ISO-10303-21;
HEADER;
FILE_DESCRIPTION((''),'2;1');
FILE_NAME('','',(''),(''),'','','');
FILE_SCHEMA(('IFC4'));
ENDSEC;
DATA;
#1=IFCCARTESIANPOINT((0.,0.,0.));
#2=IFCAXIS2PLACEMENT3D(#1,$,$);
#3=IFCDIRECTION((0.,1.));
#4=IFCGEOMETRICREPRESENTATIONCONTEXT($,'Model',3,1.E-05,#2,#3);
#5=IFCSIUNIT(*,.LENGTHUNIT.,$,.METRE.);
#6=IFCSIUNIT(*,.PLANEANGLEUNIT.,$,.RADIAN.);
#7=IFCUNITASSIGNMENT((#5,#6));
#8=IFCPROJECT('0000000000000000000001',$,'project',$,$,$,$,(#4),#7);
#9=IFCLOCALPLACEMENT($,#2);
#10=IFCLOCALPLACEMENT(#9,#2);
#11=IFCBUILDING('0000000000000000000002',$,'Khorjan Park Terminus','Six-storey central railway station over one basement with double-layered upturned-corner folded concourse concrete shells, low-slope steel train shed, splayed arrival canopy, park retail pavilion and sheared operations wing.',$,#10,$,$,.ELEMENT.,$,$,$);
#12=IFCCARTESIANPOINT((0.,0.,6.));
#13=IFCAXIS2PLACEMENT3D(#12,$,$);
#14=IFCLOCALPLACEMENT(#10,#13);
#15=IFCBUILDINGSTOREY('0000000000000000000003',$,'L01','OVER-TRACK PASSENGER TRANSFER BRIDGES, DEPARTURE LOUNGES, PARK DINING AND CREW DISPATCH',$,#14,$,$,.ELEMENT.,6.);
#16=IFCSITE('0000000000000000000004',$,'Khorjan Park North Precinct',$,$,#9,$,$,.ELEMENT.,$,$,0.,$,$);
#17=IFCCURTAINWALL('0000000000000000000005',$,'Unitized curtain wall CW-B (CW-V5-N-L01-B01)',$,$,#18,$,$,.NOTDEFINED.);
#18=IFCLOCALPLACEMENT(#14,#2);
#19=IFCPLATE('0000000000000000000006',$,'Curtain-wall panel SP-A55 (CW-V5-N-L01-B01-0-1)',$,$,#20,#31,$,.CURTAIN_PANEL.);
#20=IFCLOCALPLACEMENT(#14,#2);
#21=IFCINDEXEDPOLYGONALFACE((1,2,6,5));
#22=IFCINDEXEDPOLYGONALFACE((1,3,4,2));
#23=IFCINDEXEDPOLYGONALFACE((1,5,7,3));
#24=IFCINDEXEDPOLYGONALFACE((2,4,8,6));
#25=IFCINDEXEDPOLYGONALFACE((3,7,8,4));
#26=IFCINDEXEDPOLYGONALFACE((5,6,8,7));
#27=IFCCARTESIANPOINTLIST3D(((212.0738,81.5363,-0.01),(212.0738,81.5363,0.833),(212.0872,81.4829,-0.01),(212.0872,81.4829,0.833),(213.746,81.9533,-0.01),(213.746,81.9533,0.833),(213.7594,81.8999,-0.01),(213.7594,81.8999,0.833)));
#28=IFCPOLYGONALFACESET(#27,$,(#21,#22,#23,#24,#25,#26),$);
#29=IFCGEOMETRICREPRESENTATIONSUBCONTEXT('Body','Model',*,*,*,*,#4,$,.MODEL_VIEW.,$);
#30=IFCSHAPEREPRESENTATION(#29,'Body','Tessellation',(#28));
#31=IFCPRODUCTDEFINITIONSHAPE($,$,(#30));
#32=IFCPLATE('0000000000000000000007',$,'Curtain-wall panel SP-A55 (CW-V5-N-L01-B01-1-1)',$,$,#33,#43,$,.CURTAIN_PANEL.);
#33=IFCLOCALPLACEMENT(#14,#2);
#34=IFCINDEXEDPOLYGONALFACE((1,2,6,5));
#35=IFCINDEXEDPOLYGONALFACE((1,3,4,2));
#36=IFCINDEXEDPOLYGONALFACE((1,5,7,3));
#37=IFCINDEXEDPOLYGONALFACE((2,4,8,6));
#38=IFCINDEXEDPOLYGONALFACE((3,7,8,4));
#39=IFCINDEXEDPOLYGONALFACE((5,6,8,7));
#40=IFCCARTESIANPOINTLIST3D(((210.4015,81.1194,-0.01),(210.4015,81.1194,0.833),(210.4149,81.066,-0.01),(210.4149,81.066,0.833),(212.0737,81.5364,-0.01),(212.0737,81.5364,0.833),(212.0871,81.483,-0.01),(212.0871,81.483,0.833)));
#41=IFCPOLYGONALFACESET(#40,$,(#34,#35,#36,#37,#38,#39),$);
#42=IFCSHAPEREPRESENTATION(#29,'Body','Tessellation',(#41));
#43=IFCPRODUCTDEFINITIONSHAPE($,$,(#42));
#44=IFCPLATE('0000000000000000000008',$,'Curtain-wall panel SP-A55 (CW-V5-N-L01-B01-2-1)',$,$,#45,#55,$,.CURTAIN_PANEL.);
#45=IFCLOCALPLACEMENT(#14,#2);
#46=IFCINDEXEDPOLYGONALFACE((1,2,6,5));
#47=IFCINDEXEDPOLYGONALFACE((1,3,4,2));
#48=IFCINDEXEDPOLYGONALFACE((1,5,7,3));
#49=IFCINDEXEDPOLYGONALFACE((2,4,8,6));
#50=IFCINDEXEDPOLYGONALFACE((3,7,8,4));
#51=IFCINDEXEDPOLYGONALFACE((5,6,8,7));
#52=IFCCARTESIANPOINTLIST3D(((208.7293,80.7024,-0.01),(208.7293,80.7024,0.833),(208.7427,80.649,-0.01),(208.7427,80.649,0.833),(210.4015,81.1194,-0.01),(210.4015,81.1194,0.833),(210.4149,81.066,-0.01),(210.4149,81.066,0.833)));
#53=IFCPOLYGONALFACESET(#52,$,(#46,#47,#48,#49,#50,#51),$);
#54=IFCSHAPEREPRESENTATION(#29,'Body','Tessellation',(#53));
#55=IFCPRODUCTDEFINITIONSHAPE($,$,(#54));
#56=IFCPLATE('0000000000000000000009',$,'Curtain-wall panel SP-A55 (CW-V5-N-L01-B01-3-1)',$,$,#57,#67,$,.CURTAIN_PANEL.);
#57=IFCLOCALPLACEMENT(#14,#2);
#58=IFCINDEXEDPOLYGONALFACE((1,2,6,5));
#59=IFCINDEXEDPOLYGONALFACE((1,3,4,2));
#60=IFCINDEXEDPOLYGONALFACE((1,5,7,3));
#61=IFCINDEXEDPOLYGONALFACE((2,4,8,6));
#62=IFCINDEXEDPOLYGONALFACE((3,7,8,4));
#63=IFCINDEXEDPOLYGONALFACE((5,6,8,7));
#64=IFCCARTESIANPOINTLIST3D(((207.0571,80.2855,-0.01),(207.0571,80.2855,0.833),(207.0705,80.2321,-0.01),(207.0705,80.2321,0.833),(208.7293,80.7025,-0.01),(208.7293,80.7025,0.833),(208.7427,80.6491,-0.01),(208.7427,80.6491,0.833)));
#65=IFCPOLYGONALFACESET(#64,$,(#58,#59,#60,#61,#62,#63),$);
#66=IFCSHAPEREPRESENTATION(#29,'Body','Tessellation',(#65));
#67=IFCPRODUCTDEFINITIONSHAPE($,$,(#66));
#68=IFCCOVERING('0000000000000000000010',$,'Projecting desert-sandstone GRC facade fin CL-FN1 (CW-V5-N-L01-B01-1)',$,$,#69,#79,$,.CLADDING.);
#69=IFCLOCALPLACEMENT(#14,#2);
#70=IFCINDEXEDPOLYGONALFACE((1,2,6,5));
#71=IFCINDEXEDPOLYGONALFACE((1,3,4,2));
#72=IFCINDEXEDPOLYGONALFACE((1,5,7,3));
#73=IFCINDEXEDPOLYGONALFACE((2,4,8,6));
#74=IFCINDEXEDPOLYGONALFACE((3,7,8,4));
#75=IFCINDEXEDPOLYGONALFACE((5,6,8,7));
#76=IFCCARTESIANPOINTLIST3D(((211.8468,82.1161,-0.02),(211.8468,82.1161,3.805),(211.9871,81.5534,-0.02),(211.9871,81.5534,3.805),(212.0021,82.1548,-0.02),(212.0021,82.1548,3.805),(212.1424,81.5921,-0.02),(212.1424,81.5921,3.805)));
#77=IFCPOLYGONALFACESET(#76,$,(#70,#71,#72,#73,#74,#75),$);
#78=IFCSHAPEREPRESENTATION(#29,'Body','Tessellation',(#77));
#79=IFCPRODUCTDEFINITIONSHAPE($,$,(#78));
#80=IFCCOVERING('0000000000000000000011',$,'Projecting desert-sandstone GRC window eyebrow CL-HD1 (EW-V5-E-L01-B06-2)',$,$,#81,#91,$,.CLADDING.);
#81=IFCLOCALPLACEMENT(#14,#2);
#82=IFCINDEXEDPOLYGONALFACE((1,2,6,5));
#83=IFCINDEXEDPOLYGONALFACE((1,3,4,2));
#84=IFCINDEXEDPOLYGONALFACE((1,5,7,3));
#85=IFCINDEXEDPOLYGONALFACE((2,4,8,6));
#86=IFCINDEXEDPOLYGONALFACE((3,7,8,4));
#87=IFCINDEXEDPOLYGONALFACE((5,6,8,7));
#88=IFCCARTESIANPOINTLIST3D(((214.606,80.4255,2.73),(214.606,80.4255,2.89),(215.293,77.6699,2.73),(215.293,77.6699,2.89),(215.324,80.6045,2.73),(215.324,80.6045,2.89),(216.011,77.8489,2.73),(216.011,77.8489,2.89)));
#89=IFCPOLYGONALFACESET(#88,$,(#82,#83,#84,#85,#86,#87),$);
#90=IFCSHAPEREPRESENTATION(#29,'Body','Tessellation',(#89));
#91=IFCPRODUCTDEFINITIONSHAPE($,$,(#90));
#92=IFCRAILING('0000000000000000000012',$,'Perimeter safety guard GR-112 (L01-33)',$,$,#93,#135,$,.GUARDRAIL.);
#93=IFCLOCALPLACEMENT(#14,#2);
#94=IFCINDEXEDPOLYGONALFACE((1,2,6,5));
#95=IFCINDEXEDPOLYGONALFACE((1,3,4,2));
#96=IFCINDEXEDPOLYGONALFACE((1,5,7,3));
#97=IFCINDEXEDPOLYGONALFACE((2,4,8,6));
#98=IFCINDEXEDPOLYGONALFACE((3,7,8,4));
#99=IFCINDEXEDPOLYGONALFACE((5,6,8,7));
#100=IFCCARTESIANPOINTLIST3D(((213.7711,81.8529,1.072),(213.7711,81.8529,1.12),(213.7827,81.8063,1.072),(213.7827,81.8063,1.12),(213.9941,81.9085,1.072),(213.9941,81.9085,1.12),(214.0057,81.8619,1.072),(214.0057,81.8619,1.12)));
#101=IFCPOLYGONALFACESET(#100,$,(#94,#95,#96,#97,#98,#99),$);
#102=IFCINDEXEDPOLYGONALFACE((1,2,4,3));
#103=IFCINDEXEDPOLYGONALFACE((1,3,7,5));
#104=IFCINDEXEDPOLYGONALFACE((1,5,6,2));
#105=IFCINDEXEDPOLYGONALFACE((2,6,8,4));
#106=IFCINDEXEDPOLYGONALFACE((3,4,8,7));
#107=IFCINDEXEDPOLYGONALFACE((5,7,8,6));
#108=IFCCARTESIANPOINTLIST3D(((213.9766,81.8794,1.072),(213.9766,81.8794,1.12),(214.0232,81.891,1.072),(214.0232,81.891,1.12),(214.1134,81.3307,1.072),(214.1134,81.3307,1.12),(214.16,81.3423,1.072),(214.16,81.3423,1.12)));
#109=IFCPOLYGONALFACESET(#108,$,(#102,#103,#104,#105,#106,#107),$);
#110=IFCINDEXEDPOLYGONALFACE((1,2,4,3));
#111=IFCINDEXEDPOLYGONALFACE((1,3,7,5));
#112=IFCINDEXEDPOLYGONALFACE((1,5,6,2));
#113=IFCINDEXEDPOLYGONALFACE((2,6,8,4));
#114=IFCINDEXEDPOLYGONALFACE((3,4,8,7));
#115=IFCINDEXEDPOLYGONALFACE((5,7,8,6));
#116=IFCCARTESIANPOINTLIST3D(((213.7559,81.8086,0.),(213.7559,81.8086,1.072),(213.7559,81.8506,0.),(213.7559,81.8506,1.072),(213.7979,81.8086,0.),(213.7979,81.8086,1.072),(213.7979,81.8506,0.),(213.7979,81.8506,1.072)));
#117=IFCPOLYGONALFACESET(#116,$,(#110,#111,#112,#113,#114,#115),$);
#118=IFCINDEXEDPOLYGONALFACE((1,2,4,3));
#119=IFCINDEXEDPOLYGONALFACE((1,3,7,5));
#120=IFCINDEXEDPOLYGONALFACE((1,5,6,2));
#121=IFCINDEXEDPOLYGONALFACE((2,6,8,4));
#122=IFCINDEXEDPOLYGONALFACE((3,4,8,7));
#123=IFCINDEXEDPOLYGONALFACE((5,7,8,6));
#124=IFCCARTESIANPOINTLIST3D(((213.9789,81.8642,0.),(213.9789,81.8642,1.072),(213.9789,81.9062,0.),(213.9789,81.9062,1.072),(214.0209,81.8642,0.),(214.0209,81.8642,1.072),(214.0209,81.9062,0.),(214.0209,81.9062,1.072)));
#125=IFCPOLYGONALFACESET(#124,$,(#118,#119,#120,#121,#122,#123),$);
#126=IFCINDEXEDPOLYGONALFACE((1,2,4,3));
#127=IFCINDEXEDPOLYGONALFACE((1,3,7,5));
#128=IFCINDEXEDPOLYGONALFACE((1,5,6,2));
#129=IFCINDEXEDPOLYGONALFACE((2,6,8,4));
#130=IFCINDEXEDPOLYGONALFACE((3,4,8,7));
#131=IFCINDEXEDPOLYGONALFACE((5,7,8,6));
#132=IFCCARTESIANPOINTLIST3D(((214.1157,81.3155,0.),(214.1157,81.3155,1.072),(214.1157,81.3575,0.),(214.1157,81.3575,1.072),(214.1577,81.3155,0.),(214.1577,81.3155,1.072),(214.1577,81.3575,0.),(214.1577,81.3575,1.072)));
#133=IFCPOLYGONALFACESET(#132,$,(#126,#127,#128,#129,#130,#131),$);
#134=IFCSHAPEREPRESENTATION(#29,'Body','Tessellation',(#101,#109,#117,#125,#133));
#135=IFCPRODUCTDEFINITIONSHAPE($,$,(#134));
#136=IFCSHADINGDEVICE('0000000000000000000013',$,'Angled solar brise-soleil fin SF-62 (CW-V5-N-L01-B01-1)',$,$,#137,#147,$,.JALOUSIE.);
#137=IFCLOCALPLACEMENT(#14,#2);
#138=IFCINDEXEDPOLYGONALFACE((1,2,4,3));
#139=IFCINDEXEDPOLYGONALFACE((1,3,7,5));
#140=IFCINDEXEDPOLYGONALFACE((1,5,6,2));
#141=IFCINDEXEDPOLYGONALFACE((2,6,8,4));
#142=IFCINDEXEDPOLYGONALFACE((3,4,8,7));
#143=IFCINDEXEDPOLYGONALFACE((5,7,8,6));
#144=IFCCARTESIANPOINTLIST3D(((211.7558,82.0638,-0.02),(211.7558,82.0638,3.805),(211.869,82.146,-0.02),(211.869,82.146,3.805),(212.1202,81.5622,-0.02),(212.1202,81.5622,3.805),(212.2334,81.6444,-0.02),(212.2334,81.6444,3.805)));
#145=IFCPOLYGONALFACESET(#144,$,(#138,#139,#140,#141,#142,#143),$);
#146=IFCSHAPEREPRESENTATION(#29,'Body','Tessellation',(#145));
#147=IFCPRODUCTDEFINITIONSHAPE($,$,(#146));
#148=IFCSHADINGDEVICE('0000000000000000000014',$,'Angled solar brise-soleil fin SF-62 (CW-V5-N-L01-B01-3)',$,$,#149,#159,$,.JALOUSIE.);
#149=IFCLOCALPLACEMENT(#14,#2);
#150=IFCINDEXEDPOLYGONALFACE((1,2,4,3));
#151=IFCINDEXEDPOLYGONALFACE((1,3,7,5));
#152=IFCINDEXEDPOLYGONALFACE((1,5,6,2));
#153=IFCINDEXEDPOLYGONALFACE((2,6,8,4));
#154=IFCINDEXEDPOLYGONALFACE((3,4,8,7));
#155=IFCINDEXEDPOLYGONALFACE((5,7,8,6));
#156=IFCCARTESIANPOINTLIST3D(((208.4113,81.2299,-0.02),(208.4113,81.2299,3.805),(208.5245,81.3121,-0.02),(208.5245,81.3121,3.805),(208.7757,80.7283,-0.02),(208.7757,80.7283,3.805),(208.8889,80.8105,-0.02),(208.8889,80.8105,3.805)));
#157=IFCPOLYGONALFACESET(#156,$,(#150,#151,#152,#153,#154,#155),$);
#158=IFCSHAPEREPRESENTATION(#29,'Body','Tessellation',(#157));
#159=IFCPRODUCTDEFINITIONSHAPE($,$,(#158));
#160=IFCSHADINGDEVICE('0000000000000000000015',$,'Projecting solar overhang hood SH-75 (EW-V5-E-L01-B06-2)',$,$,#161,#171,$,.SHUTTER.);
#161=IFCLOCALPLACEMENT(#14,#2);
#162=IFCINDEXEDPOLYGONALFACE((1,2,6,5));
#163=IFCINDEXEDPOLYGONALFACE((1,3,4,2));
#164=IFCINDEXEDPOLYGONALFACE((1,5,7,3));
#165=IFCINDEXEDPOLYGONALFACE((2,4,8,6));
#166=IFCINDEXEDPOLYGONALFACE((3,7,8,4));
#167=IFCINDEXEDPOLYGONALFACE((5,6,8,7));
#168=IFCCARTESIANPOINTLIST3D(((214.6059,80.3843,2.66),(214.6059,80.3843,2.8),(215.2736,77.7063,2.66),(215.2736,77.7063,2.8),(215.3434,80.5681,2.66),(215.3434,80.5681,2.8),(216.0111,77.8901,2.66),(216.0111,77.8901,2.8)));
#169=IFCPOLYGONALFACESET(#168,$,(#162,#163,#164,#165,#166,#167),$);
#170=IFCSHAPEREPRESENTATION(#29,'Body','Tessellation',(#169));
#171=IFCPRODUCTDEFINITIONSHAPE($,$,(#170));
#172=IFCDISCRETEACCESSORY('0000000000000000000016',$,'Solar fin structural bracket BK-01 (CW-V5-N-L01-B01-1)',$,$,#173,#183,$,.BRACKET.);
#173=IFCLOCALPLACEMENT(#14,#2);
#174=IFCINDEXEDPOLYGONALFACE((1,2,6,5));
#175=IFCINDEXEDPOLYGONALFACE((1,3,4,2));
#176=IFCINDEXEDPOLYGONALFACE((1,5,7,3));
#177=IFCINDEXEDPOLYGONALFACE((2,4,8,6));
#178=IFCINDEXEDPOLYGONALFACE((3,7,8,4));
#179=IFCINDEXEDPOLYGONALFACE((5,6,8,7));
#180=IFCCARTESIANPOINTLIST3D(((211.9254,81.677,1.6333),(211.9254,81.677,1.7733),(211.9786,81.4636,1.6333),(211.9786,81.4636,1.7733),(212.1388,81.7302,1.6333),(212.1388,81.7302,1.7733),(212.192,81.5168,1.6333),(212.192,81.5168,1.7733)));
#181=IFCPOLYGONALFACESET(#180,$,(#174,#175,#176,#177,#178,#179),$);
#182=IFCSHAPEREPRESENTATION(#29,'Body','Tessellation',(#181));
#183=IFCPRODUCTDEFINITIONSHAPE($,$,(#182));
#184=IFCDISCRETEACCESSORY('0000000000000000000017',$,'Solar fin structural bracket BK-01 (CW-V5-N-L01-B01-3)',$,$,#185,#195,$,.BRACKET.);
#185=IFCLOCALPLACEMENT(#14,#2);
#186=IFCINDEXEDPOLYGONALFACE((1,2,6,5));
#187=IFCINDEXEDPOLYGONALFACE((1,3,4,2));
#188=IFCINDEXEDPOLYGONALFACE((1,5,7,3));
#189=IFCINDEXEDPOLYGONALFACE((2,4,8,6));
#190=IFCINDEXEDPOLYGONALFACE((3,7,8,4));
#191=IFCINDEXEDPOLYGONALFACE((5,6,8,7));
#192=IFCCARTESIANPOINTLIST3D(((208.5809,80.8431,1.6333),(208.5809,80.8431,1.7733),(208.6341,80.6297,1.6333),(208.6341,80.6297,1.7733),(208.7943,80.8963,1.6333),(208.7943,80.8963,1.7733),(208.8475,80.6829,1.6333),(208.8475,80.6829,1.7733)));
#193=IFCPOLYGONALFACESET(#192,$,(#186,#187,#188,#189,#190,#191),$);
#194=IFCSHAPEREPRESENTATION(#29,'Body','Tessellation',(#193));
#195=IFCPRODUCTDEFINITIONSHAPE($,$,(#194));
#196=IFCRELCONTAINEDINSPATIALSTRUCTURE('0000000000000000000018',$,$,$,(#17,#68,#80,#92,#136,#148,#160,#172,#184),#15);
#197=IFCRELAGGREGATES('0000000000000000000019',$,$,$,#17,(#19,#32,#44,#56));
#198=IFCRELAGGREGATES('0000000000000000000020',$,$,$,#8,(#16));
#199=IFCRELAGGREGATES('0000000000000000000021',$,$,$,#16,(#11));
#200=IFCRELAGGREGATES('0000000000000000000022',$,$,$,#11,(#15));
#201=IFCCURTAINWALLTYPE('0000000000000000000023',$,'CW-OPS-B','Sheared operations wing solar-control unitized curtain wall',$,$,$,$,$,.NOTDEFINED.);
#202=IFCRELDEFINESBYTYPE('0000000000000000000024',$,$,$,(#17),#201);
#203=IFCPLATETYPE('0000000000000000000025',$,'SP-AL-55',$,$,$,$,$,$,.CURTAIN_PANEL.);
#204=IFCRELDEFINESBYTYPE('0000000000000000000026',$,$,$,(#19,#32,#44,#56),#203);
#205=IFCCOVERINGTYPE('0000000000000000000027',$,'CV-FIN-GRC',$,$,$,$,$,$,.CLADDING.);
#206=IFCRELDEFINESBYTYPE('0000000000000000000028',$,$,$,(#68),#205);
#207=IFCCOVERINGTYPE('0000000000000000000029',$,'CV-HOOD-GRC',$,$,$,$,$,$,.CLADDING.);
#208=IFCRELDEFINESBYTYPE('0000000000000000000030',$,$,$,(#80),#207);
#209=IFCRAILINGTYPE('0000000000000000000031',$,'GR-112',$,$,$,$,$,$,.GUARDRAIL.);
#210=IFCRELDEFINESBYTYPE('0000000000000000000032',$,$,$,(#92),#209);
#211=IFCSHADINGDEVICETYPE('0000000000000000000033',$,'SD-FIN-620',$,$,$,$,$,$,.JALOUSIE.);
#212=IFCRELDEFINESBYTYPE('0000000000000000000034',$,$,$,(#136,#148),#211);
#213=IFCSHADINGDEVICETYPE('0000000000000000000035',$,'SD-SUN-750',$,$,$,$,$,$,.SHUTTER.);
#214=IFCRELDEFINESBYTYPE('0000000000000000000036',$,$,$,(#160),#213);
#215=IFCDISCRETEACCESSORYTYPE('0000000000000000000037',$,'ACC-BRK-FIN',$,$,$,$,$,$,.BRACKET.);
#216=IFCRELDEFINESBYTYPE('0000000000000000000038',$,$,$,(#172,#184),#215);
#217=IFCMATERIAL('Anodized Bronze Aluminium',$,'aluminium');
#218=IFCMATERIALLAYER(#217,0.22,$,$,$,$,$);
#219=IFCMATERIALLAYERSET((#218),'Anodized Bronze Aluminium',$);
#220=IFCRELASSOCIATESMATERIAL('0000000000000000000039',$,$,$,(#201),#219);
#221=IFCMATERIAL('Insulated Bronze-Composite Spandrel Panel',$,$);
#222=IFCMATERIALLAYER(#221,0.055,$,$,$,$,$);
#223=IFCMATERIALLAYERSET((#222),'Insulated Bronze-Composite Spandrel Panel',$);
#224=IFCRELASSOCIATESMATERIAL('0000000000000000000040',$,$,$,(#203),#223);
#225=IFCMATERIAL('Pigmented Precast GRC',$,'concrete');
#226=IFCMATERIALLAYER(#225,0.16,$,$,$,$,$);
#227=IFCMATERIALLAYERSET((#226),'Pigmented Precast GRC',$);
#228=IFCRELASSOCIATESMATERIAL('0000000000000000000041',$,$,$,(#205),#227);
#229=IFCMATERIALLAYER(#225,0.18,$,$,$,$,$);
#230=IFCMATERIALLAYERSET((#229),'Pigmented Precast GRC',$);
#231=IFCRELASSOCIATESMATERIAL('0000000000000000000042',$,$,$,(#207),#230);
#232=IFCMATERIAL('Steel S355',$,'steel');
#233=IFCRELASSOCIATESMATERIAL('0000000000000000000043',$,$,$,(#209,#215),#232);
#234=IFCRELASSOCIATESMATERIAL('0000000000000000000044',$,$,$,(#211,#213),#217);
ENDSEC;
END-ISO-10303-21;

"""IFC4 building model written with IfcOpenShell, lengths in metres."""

from ifc_helpers import new_model, si_unit, direction, frame, origin, origin_2d, place, context, subcontext, project, spatial, rectangle, extrude, material, layer, layer_set, type_object, element, aggregate, save


model = new_model("IFC4")

# Units and contexts
model_context = context("Model", 3, precision=1e-05, world=origin(), true_north=direction((0.0, 1.0)))
body_context = subcontext(model_context, "Body", "Model", "MODEL_VIEW")
ifc_project = project(units=[si_unit("LENGTHUNIT", "METRE"), si_unit("PLANEANGLEUNIT", "RADIAN")], contexts=[model_context])

# Site, building, storey
site_placement = place(None, origin())
site = spatial("IfcSite", under=ifc_project, at=site_placement, Name="Khorjan Park North Precinct", CompositionType="ELEMENT", RefElevation=0.0)
building_placement = place(site_placement, origin())
building = spatial("IfcBuilding", under=site, at=building_placement, Name="Khorjan Park Terminus", Description="Six-storey central railway station over one basement with double-layered upturned-corner folded concourse concrete shells, low-slope steel train shed, splayed arrival canopy, park retail pavilion and sheared operations wing.", CompositionType="ELEMENT")
storey_placement = place(building_placement, frame((0.0, 0.0, 6.0)))
storey = spatial("IfcBuildingStorey", under=building, at=storey_placement, Name="L01", Description="OVER-TRACK PASSENGER TRANSFER BRIDGES, DEPARTURE LOUNGES, PARK DINING AND CREW DISPATCH", CompositionType="ELEMENT", Elevation=6.0)

# Curtain wall, plates
ifc_material_1 = material(Name="Anodized Bronze Aluminium", Category="aluminium")
ifc_layer_1 = layer(ifc_material_1, 0.22)
ifc_layer_set_1 = layer_set([ifc_layer_1], Name="Anodized Bronze Aluminium")
curtain_wall_type = type_object("IfcCurtainWallType", Name="CW-OPS-B", Description="Sheared operations wing solar-control unitized curtain wall", PredefinedType="NOTDEFINED", material=ifc_layer_set_1)
curtain_wall_placement = place(storey_placement, origin())
curtain_wall = element("IfcCurtainWall", 1, at=curtain_wall_placement, inside=storey, type_object=curtain_wall_type, Name="Unitized curtain wall CW-B (CW-V5-N-L01-B01)", PredefinedType="NOTDEFINED")
ifc_material_2 = material(Name="Insulated Bronze-Composite Spandrel Panel")
ifc_layer_2 = layer(ifc_material_2, 0.055)
ifc_layer_set_2 = layer_set([ifc_layer_2], Name="Insulated Bronze-Composite Spandrel Panel")
plate_type_1 = type_object("IfcPlateType", Name="SP-AL-55", PredefinedType="CURTAIN_PANEL", material=ifc_layer_set_2)
plate_1_placement = place(storey_placement, frame((212.9166, 81.7181, -0.01), z_axis=(0.0, 0.0, 1.0), x_axis=(-0.970294, -0.241928, 0.0)))
plate_1 = element("IfcPlate", 2, at=plate_1_placement, type_object=plate_type_1, Name="Curtain-wall panel SP-A55 (CW-V5-N-L01-B01-0-1)", PredefinedType="CURTAIN_PANEL", context=body_context, shape_type="SweptSolid", body=[
    extrude(rectangle(XDim=1.7234, YDim=0.055, at=origin_2d()), origin(), (0.0, 0.0, 1.0), 0.843),
])
plate_2_placement = place(storey_placement, frame((211.2443, 81.3012, -0.01), z_axis=(0.0, 0.0, 1.0), x_axis=(-0.970294, -0.241928, 0.0)))
plate_2 = element("IfcPlate", 3, at=plate_2_placement, type_object=plate_type_1, Name="Curtain-wall panel SP-A55 (CW-V5-N-L01-B01-1-1)", PredefinedType="CURTAIN_PANEL", context=body_context, shape_type="SweptSolid", body=[
    extrude(rectangle(XDim=1.7234, YDim=0.055, at=origin_2d()), origin(), (0.0, 0.0, 1.0), 0.843),
])
plate_3_placement = place(storey_placement, frame((209.5721, 80.8842, -0.01), z_axis=(0.0, 0.0, 1.0), x_axis=(-0.970294, -0.241928, 0.0)))
plate_3 = element("IfcPlate", 4, at=plate_3_placement, type_object=plate_type_1, Name="Curtain-wall panel SP-A55 (CW-V5-N-L01-B01-2-1)", PredefinedType="CURTAIN_PANEL", context=body_context, shape_type="SweptSolid", body=[
    extrude(rectangle(XDim=1.7234, YDim=0.055, at=origin_2d()), origin(), (0.0, 0.0, 1.0), 0.843),
])
plate_4_placement = place(storey_placement, frame((207.8999, 80.4673, -0.01), z_axis=(0.0, 0.0, 1.0), x_axis=(-0.970294, -0.241928, 0.0)))
plate_4 = element("IfcPlate", 5, at=plate_4_placement, type_object=plate_type_1, Name="Curtain-wall panel SP-A55 (CW-V5-N-L01-B01-3-1)", PredefinedType="CURTAIN_PANEL", context=body_context, shape_type="SweptSolid", body=[
    extrude(rectangle(XDim=1.7234, YDim=0.055, at=origin_2d()), origin(), (0.0, 0.0, 1.0), 0.843),
])
aggregate(curtain_wall, [plate_1, plate_2, plate_3, plate_4])

# Coverings
ifc_material_3 = material(Name="Pigmented Precast GRC", Category="concrete")
ifc_layer_3 = layer(ifc_material_3, 0.16)
ifc_layer_set_3 = layer_set([ifc_layer_3], Name="Pigmented Precast GRC")
covering_type_1 = type_object("IfcCoveringType", Name="CV-FIN-GRC", PredefinedType="CLADDING", material=ifc_layer_set_3)
covering_1_placement = place(storey_placement, frame((211.9946, 81.8541, -0.02), z_axis=(0.0, 0.0, 1.0), x_axis=(0.241922, -0.970296, 0.0)))
element("IfcCovering", 6, at=covering_1_placement, inside=storey, type_object=covering_type_1, Name="Projecting desert-sandstone GRC facade fin CL-FN1 (CW-V5-N-L01-B01-1)", PredefinedType="CLADDING", context=body_context, shape_type="SweptSolid", body=[
    extrude(rectangle(XDim=0.58, YDim=0.16, at=origin_2d()), origin(), (0.0, 0.0, 1.0), 3.825),
])
ifc_layer_4 = layer(ifc_material_3, 0.18)
ifc_layer_set_4 = layer_set([ifc_layer_4], Name="Pigmented Precast GRC")
covering_type_2 = type_object("IfcCoveringType", Name="CV-HOOD-GRC", PredefinedType="CLADDING", material=ifc_layer_set_4)
covering_2_placement = place(storey_placement, frame((215.3085, 79.1372, 2.73), z_axis=(0.0, 0.0, 1.0), x_axis=(-0.24192, 0.970296, 0.0)))
element("IfcCovering", 7, at=covering_2_placement, inside=storey, type_object=covering_type_2, Name="Projecting desert-sandstone GRC window eyebrow CL-HD1 (EW-V5-E-L01-B06-2)", PredefinedType="CLADDING", context=body_context, shape_type="SweptSolid", body=[
    extrude(rectangle(XDim=2.84, YDim=0.74, at=origin_2d()), origin(), (0.0, 0.0, 1.0), 0.16),
])

# Railing
ifc_material_4 = material(Name="Steel S355", Category="steel")
railing_type = type_object("IfcRailingType", Name="GR-112", PredefinedType="GUARDRAIL", material=ifc_material_4)
railing_placement = place(storey_placement, frame((213.7769, 81.8296, 0.0)))
element("IfcRailing", 8, at=railing_placement, inside=storey, type_object=railing_type, Name="Perimeter safety guard GR-112 (L01-33)", PredefinedType="GUARDRAIL", context=body_context, shape_type="SweptSolid", body=[
    extrude(rectangle(XDim=0.048, YDim=0.048, at=origin_2d()), frame((0.0, 0.0, 1.096), z_axis=(0.970296, 0.241921, 0.0), x_axis=(-0.241921, 0.970296, 0.0)), (0.0, 0.0, 1.0), 0.2298),
    extrude(rectangle(XDim=0.048, YDim=0.048, at=origin_2d()), frame((0.223, 0.0556, 1.096), z_axis=(0.241911, -0.970298, 0.0), x_axis=(0.970298, 0.241911, 0.0)), (0.0, 0.0, 1.0), 0.5655),
    extrude(rectangle(XDim=0.042, YDim=0.042, at=origin_2d()), origin(), (0.0, 0.0, 1.0), 1.072),
    extrude(rectangle(XDim=0.042, YDim=0.042, at=origin_2d()), frame((0.223, 0.0556, 0.0)), (0.0, 0.0, 1.0), 1.072),
    extrude(rectangle(XDim=0.042, YDim=0.042, at=origin_2d()), frame((0.3598, -0.4931, 0.0)), (0.0, 0.0, 1.0), 1.072),
])

# Shading devices
shading_device_type_1 = type_object("IfcShadingDeviceType", Name="SD-FIN-620", PredefinedType="JALOUSIE", material=ifc_material_1)
for number, where, z_axis, x_axis, name in (
    (9, (211.9946, 81.8541, -0.02), (0.0, 0.0, 1.0), (0.587785, -0.809017, 0.0), "Angled solar brise-soleil fin SF-62 (CW-V5-N-L01-B01-1)"),
    (10, (208.6501, 81.0202, -0.02), (0.0, 0.0, 1.0), (0.587785, -0.809017, 0.0), "Angled solar brise-soleil fin SF-62 (CW-V5-N-L01-B01-3)"),
):
    element("IfcShadingDevice", number, at=place(storey_placement, frame(where, z_axis=z_axis, x_axis=x_axis)), inside=storey, type_object=shading_device_type_1, Name=name, PredefinedType="JALOUSIE", context=body_context, shape_type="SweptSolid", body=[
        extrude(rectangle(XDim=0.62, YDim=0.14, at=origin_2d()), origin(), (0.0, 0.0, 1.0), 3.825),
    ])
shading_device_type_2 = type_object("IfcShadingDeviceType", Name="SD-SUN-750", PredefinedType="SHUTTER", material=ifc_material_1)
shading_device_placement = place(storey_placement, frame((215.3085, 79.1372, 2.66), z_axis=(0.0, 0.0, 1.0), x_axis=(-0.24192, 0.970296, 0.0)))
element("IfcShadingDevice", 11, at=shading_device_placement, inside=storey, type_object=shading_device_type_2, Name="Projecting solar overhang hood SH-75 (EW-V5-E-L01-B06-2)", PredefinedType="SHUTTER", context=body_context, shape_type="SweptSolid", body=[
    extrude(rectangle(XDim=2.76, YDim=0.76, at=origin_2d()), origin(), (0.0, 0.0, 1.0), 0.14),
])

# Discrete accessories
discrete_accessory_type = type_object("IfcDiscreteAccessoryType", Name="ACC-BRK-FIN", PredefinedType="BRACKET", material=ifc_material_4)
for number, where, z_axis, x_axis, name in (
    (12, (212.0587, 81.5969, 1.6333), (0.0, 0.0, 1.0), (-0.970294, -0.241928, 0.0), "Solar fin structural bracket BK-01 (CW-V5-N-L01-B01-1)"),
    (13, (208.7142, 80.763, 1.6333), (0.0, 0.0, 1.0), (-0.970294, -0.241928, 0.0), "Solar fin structural bracket BK-01 (CW-V5-N-L01-B01-3)"),
):
    element("IfcDiscreteAccessory", number, at=place(storey_placement, frame(where, z_axis=z_axis, x_axis=x_axis)), inside=storey, type_object=discrete_accessory_type, Name=name, PredefinedType="BRACKET", context=body_context, shape_type="SweptSolid", body=[
        extrude(rectangle(XDim=0.22, YDim=0.22, at=origin_2d()), origin(), (0.0, 0.0, 1.0), 0.14),
    ])

save(model, "model.ifc")
